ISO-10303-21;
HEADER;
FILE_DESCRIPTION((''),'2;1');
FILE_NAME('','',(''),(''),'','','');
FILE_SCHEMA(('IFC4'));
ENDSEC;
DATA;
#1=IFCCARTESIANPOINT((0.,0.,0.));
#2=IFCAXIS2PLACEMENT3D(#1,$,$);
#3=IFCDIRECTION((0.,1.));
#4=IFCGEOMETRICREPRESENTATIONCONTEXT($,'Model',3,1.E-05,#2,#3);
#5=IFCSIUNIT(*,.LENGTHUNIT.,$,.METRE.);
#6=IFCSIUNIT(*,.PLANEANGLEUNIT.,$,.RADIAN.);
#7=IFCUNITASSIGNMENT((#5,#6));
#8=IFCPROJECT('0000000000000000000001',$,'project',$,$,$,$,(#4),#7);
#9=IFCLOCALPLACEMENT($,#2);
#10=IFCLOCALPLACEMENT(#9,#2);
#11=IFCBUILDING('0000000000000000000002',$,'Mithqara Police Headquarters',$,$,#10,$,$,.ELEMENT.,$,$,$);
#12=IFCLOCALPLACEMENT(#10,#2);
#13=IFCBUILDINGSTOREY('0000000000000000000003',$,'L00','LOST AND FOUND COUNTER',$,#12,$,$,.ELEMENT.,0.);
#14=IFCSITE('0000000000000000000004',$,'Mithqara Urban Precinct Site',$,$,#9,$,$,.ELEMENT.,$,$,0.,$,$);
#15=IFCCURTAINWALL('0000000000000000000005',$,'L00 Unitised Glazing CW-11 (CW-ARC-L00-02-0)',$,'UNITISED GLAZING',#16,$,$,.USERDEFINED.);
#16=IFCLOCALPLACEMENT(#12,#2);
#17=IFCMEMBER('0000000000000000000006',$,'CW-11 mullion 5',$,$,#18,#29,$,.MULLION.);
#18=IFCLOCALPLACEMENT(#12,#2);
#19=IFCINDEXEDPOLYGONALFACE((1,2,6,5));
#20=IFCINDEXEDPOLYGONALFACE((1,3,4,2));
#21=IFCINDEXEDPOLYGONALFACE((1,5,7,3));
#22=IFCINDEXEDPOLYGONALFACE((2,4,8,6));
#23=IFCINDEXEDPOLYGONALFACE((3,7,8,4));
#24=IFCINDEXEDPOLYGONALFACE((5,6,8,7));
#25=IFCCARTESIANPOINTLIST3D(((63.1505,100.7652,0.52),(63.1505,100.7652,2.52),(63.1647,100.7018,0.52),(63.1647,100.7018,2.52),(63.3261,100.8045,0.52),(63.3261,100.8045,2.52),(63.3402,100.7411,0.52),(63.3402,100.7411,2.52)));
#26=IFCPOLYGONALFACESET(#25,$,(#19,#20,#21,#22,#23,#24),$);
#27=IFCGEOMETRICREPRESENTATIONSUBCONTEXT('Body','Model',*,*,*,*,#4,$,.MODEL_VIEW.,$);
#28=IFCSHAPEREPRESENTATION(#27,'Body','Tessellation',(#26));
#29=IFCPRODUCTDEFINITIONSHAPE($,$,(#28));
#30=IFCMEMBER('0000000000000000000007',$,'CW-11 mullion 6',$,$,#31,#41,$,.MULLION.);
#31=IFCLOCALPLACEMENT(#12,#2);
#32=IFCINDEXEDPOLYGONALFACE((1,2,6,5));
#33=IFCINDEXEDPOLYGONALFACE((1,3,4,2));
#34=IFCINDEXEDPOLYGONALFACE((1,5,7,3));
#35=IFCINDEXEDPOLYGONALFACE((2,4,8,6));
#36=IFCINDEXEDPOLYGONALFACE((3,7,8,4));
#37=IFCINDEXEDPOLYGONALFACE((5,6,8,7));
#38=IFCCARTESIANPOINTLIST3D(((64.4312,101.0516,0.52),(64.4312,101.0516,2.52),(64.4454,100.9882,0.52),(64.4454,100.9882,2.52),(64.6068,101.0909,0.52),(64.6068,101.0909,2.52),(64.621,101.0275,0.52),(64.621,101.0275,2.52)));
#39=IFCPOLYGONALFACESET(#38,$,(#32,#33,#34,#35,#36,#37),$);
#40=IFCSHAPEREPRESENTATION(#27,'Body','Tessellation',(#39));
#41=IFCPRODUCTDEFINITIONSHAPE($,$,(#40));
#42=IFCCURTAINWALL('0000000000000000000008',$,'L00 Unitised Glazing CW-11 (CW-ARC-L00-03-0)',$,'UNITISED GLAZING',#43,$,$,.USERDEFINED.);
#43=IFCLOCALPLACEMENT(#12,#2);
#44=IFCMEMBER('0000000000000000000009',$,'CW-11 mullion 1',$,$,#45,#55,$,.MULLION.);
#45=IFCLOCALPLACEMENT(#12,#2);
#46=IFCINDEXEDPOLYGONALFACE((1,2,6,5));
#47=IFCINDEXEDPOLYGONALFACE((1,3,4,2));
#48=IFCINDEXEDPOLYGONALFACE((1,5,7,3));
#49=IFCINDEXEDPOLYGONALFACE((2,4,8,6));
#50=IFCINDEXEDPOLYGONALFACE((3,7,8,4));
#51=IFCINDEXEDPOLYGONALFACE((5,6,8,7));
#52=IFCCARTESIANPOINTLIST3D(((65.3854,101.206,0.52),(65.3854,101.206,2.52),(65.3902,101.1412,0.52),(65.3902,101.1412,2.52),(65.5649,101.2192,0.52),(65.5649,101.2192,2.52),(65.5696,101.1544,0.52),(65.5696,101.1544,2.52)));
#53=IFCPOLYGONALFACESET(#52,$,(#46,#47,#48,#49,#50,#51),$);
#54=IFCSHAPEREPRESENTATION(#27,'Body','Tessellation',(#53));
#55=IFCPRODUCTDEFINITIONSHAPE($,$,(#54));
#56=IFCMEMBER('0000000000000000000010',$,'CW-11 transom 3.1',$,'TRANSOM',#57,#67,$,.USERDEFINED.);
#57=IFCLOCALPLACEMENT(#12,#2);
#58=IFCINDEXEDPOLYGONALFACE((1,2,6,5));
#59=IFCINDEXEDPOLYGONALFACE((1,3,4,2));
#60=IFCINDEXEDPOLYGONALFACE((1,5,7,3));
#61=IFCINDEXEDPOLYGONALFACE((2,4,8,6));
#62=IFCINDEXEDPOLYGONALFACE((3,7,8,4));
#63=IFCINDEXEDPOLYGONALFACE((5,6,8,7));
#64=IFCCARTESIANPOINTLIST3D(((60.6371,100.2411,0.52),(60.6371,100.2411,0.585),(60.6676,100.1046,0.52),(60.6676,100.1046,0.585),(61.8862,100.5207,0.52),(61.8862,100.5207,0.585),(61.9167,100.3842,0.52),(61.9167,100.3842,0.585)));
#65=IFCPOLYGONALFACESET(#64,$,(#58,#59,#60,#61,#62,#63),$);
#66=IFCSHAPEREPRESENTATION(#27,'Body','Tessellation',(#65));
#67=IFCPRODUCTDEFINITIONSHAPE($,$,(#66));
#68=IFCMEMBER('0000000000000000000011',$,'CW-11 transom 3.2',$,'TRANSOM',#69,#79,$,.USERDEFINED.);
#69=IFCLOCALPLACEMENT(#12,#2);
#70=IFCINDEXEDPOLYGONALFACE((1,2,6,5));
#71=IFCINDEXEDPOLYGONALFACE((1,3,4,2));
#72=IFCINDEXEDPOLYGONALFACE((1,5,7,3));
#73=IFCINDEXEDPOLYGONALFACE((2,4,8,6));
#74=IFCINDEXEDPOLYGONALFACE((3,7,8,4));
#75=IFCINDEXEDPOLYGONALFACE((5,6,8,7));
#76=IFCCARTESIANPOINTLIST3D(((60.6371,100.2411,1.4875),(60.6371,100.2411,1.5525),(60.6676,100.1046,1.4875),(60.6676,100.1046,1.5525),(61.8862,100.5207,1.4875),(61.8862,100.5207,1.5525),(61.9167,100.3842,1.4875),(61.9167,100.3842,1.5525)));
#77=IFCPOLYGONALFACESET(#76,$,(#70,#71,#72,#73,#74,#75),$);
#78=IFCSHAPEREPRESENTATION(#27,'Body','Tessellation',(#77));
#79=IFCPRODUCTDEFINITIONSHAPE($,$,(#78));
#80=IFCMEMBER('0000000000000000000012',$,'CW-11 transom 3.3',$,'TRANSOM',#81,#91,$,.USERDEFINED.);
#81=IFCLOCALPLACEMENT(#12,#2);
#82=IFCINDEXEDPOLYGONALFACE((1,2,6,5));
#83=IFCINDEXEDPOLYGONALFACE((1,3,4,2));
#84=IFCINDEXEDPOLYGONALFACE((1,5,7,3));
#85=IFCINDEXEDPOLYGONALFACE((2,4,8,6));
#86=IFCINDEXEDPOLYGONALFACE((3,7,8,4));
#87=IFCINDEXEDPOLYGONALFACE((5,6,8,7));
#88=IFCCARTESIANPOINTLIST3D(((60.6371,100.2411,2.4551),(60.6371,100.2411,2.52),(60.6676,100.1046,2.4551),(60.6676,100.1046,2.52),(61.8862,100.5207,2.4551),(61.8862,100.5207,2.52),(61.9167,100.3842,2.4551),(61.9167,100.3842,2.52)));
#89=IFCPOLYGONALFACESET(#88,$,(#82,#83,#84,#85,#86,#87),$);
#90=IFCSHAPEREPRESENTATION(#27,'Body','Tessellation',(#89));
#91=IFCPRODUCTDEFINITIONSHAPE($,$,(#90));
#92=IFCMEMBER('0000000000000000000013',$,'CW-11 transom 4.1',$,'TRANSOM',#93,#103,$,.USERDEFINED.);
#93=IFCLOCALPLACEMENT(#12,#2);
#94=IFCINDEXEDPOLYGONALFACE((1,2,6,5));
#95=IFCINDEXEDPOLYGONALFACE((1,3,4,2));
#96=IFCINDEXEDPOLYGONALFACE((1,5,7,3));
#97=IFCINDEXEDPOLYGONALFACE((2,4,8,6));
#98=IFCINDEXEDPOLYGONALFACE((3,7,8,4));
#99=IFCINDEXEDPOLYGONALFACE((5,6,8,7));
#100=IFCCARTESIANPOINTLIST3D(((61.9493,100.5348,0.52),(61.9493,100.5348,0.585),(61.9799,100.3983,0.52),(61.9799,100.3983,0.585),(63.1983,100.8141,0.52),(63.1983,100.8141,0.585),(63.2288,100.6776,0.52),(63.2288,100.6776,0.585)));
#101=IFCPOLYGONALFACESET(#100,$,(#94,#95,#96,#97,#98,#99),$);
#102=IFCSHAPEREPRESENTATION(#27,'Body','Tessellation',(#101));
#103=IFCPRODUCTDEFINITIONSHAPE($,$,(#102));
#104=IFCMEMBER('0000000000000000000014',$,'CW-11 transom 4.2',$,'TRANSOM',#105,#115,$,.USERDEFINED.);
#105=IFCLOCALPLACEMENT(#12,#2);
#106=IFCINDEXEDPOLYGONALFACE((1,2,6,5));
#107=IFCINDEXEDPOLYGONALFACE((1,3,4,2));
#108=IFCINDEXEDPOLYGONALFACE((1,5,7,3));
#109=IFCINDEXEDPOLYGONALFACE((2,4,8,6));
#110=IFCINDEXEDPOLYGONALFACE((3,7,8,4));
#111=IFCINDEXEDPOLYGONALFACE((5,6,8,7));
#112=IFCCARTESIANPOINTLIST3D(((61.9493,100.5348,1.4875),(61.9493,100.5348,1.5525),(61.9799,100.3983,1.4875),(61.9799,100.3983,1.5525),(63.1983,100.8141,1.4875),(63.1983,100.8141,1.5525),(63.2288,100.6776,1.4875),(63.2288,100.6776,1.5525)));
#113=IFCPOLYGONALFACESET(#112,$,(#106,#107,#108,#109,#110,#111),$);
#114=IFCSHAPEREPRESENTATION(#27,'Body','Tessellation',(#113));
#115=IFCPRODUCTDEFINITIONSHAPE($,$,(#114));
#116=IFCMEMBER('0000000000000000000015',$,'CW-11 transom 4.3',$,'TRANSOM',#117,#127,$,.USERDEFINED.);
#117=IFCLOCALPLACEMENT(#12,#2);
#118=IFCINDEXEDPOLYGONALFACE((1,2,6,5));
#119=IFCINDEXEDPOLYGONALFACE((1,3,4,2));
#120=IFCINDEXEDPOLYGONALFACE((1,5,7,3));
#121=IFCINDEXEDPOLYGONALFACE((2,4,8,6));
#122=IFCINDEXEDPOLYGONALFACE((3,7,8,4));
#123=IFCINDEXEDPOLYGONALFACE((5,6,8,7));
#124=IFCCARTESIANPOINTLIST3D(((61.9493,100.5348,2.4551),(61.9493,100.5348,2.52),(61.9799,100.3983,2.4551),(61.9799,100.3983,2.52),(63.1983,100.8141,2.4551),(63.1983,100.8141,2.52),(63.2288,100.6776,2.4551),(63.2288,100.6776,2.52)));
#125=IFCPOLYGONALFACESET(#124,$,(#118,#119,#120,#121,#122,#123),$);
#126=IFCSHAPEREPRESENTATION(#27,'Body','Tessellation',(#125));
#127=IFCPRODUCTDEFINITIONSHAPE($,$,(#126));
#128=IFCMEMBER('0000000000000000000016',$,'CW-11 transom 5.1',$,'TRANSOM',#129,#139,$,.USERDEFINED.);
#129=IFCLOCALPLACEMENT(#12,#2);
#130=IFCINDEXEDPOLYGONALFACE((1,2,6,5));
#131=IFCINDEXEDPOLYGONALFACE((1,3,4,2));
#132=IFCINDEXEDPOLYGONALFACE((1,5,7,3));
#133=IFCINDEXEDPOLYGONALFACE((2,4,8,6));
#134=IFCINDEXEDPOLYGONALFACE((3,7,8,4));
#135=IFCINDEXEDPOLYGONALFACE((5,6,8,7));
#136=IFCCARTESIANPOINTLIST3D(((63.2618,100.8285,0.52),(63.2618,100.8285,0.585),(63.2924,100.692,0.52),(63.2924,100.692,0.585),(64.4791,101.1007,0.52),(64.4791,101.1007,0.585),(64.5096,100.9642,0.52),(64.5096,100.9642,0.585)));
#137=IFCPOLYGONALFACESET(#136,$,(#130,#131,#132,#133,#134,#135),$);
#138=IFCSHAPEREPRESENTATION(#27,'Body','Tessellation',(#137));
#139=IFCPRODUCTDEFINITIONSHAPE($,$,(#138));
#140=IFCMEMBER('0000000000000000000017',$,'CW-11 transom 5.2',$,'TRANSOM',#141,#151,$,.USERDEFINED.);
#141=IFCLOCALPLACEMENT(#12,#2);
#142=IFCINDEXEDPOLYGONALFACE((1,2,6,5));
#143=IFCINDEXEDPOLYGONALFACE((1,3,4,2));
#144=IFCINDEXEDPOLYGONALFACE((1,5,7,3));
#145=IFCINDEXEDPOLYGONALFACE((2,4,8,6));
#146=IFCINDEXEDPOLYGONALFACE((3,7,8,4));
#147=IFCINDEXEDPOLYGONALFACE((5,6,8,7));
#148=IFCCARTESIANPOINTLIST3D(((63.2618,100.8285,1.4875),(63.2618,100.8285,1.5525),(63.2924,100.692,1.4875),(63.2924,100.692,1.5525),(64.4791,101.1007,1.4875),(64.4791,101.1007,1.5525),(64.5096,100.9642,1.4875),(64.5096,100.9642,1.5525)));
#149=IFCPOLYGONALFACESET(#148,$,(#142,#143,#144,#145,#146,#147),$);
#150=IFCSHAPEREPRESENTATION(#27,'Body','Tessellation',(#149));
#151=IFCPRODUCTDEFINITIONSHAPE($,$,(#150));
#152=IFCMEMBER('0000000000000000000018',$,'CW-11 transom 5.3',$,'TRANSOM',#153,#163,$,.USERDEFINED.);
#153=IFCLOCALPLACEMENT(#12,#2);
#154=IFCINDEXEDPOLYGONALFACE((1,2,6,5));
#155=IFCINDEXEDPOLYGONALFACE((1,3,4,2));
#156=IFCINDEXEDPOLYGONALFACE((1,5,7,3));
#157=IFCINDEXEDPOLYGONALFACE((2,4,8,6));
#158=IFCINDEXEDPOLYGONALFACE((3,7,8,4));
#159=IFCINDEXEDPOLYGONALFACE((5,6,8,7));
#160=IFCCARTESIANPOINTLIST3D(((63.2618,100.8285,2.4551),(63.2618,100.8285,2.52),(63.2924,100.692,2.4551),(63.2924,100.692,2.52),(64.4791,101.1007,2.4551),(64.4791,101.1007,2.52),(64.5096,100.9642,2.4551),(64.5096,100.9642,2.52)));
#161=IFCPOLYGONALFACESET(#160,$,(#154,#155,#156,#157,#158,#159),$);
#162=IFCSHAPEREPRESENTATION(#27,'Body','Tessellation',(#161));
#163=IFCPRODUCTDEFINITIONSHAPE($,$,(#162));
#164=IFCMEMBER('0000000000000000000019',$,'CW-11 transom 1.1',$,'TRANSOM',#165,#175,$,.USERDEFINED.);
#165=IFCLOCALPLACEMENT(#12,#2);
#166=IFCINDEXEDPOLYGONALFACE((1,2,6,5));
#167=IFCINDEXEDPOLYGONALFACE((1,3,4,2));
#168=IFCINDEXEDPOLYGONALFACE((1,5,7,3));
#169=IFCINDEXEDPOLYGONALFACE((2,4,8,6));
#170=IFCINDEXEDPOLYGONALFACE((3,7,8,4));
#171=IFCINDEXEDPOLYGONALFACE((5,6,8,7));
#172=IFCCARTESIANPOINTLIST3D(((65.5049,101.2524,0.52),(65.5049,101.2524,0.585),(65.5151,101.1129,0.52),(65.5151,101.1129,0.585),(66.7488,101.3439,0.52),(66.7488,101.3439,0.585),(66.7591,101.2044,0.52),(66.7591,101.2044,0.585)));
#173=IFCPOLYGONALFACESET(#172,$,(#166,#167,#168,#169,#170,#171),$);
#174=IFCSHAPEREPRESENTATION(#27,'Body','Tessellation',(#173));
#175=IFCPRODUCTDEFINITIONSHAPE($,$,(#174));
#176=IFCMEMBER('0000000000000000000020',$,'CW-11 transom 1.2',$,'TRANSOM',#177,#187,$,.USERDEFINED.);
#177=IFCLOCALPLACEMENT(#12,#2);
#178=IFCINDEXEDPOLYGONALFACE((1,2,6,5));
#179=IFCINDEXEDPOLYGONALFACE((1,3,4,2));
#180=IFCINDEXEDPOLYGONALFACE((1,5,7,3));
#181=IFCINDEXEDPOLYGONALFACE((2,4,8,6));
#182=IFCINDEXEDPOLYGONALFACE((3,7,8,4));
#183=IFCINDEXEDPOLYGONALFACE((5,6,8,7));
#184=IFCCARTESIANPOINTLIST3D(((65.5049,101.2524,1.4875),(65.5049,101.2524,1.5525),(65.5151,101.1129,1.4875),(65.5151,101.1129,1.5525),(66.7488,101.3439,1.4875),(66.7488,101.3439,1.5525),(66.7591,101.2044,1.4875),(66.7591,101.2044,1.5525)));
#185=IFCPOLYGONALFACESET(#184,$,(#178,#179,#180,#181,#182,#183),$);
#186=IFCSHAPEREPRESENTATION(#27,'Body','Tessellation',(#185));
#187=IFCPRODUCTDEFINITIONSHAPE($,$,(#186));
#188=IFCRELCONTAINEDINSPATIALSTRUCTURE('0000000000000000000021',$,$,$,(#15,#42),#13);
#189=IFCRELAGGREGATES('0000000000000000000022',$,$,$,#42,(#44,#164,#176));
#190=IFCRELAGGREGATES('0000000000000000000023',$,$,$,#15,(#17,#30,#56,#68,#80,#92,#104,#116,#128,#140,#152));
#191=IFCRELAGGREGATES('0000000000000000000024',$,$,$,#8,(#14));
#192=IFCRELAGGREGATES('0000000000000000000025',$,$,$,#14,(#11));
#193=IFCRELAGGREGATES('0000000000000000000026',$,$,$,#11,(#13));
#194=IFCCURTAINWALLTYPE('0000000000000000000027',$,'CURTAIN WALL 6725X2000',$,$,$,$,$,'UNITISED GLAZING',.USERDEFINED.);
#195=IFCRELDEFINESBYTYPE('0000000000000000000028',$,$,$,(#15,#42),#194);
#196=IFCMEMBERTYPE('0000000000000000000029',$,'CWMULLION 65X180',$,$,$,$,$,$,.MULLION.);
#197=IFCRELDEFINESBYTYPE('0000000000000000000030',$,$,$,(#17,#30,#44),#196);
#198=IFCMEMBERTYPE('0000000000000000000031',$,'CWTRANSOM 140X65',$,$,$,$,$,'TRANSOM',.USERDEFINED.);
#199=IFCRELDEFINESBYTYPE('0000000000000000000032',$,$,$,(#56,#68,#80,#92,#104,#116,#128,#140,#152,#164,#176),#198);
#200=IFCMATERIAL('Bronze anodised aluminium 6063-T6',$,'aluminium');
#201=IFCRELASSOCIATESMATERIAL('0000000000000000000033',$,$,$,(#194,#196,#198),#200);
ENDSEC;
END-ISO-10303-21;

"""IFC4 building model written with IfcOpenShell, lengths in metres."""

from ifc_helpers import new_model, si_unit, direction, frame, origin, origin_2d, place, context, subcontext, project, spatial, rectangle, extrude, material, material_profile, profile_set, type_object, element, aggregate, save


model = new_model("IFC4")

# Units and contexts
model_context = context("Model", 3, precision=1e-05, world=origin(), true_north=direction((0.0, 1.0)))
body_context = subcontext(model_context, "Body", "Model", "MODEL_VIEW")
ifc_project = project(units=[si_unit("LENGTHUNIT", "METRE"), si_unit("PLANEANGLEUNIT", "RADIAN")], contexts=[model_context])

# Site, building, storey
site_placement = place(None, origin())
site = spatial("IfcSite", under=ifc_project, at=site_placement, Name="Mithqara Urban Precinct Site", CompositionType="ELEMENT", RefElevation=0.0)
building_placement = place(site_placement, origin())
building = spatial("IfcBuilding", under=site, at=building_placement, Name="Mithqara Police Headquarters", CompositionType="ELEMENT")
storey_placement = place(building_placement, origin())
storey = spatial("IfcBuildingStorey", under=building, at=storey_placement, Name="L00", Description="LOST AND FOUND COUNTER", CompositionType="ELEMENT", Elevation=0.0)

# Curtain wall, members
ifc_material_1 = material(Name="Bronze anodised aluminium 6063-T6", Category="aluminium")
curtain_wall_type = type_object("IfcCurtainWallType", Name="CURTAIN WALL 6725X2000", ElementType="UNITISED GLAZING", PredefinedType="USERDEFINED", material=ifc_material_1)
curtain_wall_1_placement = place(storey_placement, origin())
curtain_wall_1 = element("IfcCurtainWall", 1, at=curtain_wall_1_placement, inside=storey, type_object=curtain_wall_type, Name="L00 Unitised Glazing CW-11 (CW-ARC-L00-02-0)", ObjectType="UNITISED GLAZING", PredefinedType="USERDEFINED")
ifc_material_profile_1 = material_profile(ifc_material_1, rectangle(XDim=0.0649, YDim=0.1799, at=origin_2d()), Name="CWM 65x180")
ifc_profile_set_1 = profile_set([ifc_material_profile_1], Name="Bronze anodised aluminium 6063-T6")
member_type_1 = type_object("IfcMemberType", Name="CWMULLION 65X180", PredefinedType="MULLION", material=ifc_profile_set_1)
member_1_placement = place(storey_placement, frame((63.2454, 100.7532, 0.52), z_axis=(0.0, 0.0, 1.0), x_axis=(-0.218335, 0.975874, 0.0)))
member_1 = element("IfcMember", 2, at=member_1_placement, type_object=member_type_1, Name="CW-11 mullion 5", PredefinedType="MULLION", context=body_context, shape_type="SweptSolid", body=[
    extrude(rectangle(XDim=0.0649, YDim=0.1799, at=origin_2d()), origin(), (0.0, 0.0, 1.0), 2.0),
])
member_2_placement = place(storey_placement, frame((64.5261, 101.0396, 0.52), z_axis=(0.0, 0.0, 1.0), x_axis=(-0.218335, 0.975874, 0.0)))
member_2 = element("IfcMember", 3, at=member_2_placement, type_object=member_type_1, Name="CW-11 mullion 6", PredefinedType="MULLION", context=body_context, shape_type="SweptSolid", body=[
    extrude(rectangle(XDim=0.0649, YDim=0.1799, at=origin_2d()), origin(), (0.0, 0.0, 1.0), 2.0),
])

# Curtain wall, member
curtain_wall_2_placement = place(storey_placement, origin())
curtain_wall_2 = element("IfcCurtainWall", 4, at=curtain_wall_2_placement, inside=storey, type_object=curtain_wall_type, Name="L00 Unitised Glazing CW-11 (CW-ARC-L00-03-0)", ObjectType="UNITISED GLAZING", PredefinedType="USERDEFINED")
member_3_placement = place(storey_placement, frame((65.4775, 101.1802, 0.52), z_axis=(0.0, 0.0, 1.0), x_axis=(-0.073298, 0.99731, 0.0)))
member_3 = element("IfcMember", 5, at=member_3_placement, type_object=member_type_1, Name="CW-11 mullion 1", PredefinedType="MULLION", context=body_context, shape_type="SweptSolid", body=[
    extrude(rectangle(XDim=0.0649, YDim=0.1799, at=origin_2d()), origin(), (0.0, 0.0, 1.0), 2.0),
])

# Members
ifc_material_profile_2 = material_profile(ifc_material_1, rectangle(XDim=0.1399, YDim=0.0649, at=origin_2d()), Name="CWT 140x65")
ifc_profile_set_2 = profile_set([ifc_material_profile_2], Name="Bronze anodised aluminium 6063-T6")
member_type_2 = type_object("IfcMemberType", Name="CWTRANSOM 140X65", ElementType="TRANSOM", PredefinedType="USERDEFINED", material=ifc_profile_set_2)
member_4_placement = place(storey_placement, frame((60.6523, 100.1729, 0.5525), z_axis=(0.975858, 0.218405, 0.0), x_axis=(-0.218405, 0.975858, 0.0)))
member_4 = element("IfcMember", 6, at=member_4_placement, type_object=member_type_2, Name="CW-11 transom 3.1", ObjectType="TRANSOM", PredefinedType="USERDEFINED", context=body_context, shape_type="SweptSolid", body=[
    extrude(rectangle(XDim=0.1399, YDim=0.0649, at=origin_2d()), origin(), (0.0, 0.0, 1.0), 1.28),
])
member_5_placement = place(storey_placement, frame((60.6523, 100.1729, 1.52), z_axis=(0.975858, 0.218405, 0.0), x_axis=(-0.218405, 0.975858, 0.0)))
member_5 = element("IfcMember", 7, at=member_5_placement, type_object=member_type_2, Name="CW-11 transom 3.2", ObjectType="TRANSOM", PredefinedType="USERDEFINED", context=body_context, shape_type="SweptSolid", body=[
    extrude(rectangle(XDim=0.1399, YDim=0.0649, at=origin_2d()), origin(), (0.0, 0.0, 1.0), 1.28),
])
member_6_placement = place(storey_placement, frame((60.6523, 100.1729, 2.4875), z_axis=(0.975858, 0.218405, 0.0), x_axis=(-0.218405, 0.975858, 0.0)))
member_6 = element("IfcMember", 8, at=member_6_placement, type_object=member_type_2, Name="CW-11 transom 3.3", ObjectType="TRANSOM", PredefinedType="USERDEFINED", context=body_context, shape_type="SweptSolid", body=[
    extrude(rectangle(XDim=0.1399, YDim=0.0649, at=origin_2d()), origin(), (0.0, 0.0, 1.0), 1.28),
])
member_7_placement = place(storey_placement, frame((61.9646, 100.4666, 0.5525), z_axis=(0.975899, 0.218223, 0.0), x_axis=(-0.218223, 0.975899, 0.0)))
member_7 = element("IfcMember", 9, at=member_7_placement, type_object=member_type_2, Name="CW-11 transom 4.1", ObjectType="TRANSOM", PredefinedType="USERDEFINED", context=body_context, shape_type="SweptSolid", body=[
    extrude(rectangle(XDim=0.1399, YDim=0.0649, at=origin_2d()), origin(), (0.0, 0.0, 1.0), 1.2798),
])
member_8_placement = place(storey_placement, frame((61.9646, 100.4666, 1.52), z_axis=(0.975899, 0.218223, 0.0), x_axis=(-0.218223, 0.975899, 0.0)))
member_8 = element("IfcMember", 10, at=member_8_placement, type_object=member_type_2, Name="CW-11 transom 4.2", ObjectType="TRANSOM", PredefinedType="USERDEFINED", context=body_context, shape_type="SweptSolid", body=[
    extrude(rectangle(XDim=0.1399, YDim=0.0649, at=origin_2d()), origin(), (0.0, 0.0, 1.0), 1.2798),
])
member_9_placement = place(storey_placement, frame((61.9646, 100.4666, 2.4875), z_axis=(0.975899, 0.218223, 0.0), x_axis=(-0.218223, 0.975899, 0.0)))
member_9 = element("IfcMember", 11, at=member_9_placement, type_object=member_type_2, Name="CW-11 transom 4.3", ObjectType="TRANSOM", PredefinedType="USERDEFINED", context=body_context, shape_type="SweptSolid", body=[
    extrude(rectangle(XDim=0.1399, YDim=0.0649, at=origin_2d()), origin(), (0.0, 0.0, 1.0), 1.2798),
])
member_10_placement = place(storey_placement, frame((63.2771, 100.7603, 0.5525), z_axis=(0.975896, 0.218236, 0.0), x_axis=(-0.218236, 0.975896, 0.0)))
member_10 = element("IfcMember", 12, at=member_10_placement, type_object=member_type_2, Name="CW-11 transom 5.1", ObjectType="TRANSOM", PredefinedType="USERDEFINED", context=body_context, shape_type="SweptSolid", body=[
    extrude(rectangle(XDim=0.1399, YDim=0.0649, at=origin_2d()), origin(), (0.0, 0.0, 1.0), 1.2473),
])
member_11_placement = place(storey_placement, frame((63.2771, 100.7603, 1.52), z_axis=(0.975896, 0.218236, 0.0), x_axis=(-0.218236, 0.975896, 0.0)))
member_11 = element("IfcMember", 13, at=member_11_placement, type_object=member_type_2, Name="CW-11 transom 5.2", ObjectType="TRANSOM", PredefinedType="USERDEFINED", context=body_context, shape_type="SweptSolid", body=[
    extrude(rectangle(XDim=0.1399, YDim=0.0649, at=origin_2d()), origin(), (0.0, 0.0, 1.0), 1.2473),
])
member_12_placement = place(storey_placement, frame((63.2771, 100.7603, 2.4875), z_axis=(0.975896, 0.218236, 0.0), x_axis=(-0.218236, 0.975896, 0.0)))
member_12 = element("IfcMember", 14, at=member_12_placement, type_object=member_type_2, Name="CW-11 transom 5.3", ObjectType="TRANSOM", PredefinedType="USERDEFINED", context=body_context, shape_type="SweptSolid", body=[
    extrude(rectangle(XDim=0.1399, YDim=0.0649, at=origin_2d()), origin(), (0.0, 0.0, 1.0), 1.2473),
])
member_13_placement = place(storey_placement, frame((65.51, 101.1826, 0.5525), z_axis=(0.997302, 0.073403, 0.0), x_axis=(-0.073403, 0.997302, 0.0)))
member_13 = element("IfcMember", 15, at=member_13_placement, type_object=member_type_2, Name="CW-11 transom 1.1", ObjectType="TRANSOM", PredefinedType="USERDEFINED", context=body_context, shape_type="SweptSolid", body=[
    extrude(rectangle(XDim=0.1399, YDim=0.0649, at=origin_2d()), origin(), (0.0, 0.0, 1.0), 1.2473),
])
member_14_placement = place(storey_placement, frame((65.51, 101.1826, 1.52), z_axis=(0.997302, 0.073403, 0.0), x_axis=(-0.073403, 0.997302, 0.0)))
member_14 = element("IfcMember", 16, at=member_14_placement, type_object=member_type_2, Name="CW-11 transom 1.2", ObjectType="TRANSOM", PredefinedType="USERDEFINED", context=body_context, shape_type="SweptSolid", body=[
    extrude(rectangle(XDim=0.1399, YDim=0.0649, at=origin_2d()), origin(), (0.0, 0.0, 1.0), 1.2473),
])
aggregate(curtain_wall_2, [member_3, member_13, member_14])

aggregate(curtain_wall_1, [member_1, member_2, member_4, member_5, member_6, member_7, member_8, member_9, member_10, member_11, member_12])

save(model, "model.ifc")
